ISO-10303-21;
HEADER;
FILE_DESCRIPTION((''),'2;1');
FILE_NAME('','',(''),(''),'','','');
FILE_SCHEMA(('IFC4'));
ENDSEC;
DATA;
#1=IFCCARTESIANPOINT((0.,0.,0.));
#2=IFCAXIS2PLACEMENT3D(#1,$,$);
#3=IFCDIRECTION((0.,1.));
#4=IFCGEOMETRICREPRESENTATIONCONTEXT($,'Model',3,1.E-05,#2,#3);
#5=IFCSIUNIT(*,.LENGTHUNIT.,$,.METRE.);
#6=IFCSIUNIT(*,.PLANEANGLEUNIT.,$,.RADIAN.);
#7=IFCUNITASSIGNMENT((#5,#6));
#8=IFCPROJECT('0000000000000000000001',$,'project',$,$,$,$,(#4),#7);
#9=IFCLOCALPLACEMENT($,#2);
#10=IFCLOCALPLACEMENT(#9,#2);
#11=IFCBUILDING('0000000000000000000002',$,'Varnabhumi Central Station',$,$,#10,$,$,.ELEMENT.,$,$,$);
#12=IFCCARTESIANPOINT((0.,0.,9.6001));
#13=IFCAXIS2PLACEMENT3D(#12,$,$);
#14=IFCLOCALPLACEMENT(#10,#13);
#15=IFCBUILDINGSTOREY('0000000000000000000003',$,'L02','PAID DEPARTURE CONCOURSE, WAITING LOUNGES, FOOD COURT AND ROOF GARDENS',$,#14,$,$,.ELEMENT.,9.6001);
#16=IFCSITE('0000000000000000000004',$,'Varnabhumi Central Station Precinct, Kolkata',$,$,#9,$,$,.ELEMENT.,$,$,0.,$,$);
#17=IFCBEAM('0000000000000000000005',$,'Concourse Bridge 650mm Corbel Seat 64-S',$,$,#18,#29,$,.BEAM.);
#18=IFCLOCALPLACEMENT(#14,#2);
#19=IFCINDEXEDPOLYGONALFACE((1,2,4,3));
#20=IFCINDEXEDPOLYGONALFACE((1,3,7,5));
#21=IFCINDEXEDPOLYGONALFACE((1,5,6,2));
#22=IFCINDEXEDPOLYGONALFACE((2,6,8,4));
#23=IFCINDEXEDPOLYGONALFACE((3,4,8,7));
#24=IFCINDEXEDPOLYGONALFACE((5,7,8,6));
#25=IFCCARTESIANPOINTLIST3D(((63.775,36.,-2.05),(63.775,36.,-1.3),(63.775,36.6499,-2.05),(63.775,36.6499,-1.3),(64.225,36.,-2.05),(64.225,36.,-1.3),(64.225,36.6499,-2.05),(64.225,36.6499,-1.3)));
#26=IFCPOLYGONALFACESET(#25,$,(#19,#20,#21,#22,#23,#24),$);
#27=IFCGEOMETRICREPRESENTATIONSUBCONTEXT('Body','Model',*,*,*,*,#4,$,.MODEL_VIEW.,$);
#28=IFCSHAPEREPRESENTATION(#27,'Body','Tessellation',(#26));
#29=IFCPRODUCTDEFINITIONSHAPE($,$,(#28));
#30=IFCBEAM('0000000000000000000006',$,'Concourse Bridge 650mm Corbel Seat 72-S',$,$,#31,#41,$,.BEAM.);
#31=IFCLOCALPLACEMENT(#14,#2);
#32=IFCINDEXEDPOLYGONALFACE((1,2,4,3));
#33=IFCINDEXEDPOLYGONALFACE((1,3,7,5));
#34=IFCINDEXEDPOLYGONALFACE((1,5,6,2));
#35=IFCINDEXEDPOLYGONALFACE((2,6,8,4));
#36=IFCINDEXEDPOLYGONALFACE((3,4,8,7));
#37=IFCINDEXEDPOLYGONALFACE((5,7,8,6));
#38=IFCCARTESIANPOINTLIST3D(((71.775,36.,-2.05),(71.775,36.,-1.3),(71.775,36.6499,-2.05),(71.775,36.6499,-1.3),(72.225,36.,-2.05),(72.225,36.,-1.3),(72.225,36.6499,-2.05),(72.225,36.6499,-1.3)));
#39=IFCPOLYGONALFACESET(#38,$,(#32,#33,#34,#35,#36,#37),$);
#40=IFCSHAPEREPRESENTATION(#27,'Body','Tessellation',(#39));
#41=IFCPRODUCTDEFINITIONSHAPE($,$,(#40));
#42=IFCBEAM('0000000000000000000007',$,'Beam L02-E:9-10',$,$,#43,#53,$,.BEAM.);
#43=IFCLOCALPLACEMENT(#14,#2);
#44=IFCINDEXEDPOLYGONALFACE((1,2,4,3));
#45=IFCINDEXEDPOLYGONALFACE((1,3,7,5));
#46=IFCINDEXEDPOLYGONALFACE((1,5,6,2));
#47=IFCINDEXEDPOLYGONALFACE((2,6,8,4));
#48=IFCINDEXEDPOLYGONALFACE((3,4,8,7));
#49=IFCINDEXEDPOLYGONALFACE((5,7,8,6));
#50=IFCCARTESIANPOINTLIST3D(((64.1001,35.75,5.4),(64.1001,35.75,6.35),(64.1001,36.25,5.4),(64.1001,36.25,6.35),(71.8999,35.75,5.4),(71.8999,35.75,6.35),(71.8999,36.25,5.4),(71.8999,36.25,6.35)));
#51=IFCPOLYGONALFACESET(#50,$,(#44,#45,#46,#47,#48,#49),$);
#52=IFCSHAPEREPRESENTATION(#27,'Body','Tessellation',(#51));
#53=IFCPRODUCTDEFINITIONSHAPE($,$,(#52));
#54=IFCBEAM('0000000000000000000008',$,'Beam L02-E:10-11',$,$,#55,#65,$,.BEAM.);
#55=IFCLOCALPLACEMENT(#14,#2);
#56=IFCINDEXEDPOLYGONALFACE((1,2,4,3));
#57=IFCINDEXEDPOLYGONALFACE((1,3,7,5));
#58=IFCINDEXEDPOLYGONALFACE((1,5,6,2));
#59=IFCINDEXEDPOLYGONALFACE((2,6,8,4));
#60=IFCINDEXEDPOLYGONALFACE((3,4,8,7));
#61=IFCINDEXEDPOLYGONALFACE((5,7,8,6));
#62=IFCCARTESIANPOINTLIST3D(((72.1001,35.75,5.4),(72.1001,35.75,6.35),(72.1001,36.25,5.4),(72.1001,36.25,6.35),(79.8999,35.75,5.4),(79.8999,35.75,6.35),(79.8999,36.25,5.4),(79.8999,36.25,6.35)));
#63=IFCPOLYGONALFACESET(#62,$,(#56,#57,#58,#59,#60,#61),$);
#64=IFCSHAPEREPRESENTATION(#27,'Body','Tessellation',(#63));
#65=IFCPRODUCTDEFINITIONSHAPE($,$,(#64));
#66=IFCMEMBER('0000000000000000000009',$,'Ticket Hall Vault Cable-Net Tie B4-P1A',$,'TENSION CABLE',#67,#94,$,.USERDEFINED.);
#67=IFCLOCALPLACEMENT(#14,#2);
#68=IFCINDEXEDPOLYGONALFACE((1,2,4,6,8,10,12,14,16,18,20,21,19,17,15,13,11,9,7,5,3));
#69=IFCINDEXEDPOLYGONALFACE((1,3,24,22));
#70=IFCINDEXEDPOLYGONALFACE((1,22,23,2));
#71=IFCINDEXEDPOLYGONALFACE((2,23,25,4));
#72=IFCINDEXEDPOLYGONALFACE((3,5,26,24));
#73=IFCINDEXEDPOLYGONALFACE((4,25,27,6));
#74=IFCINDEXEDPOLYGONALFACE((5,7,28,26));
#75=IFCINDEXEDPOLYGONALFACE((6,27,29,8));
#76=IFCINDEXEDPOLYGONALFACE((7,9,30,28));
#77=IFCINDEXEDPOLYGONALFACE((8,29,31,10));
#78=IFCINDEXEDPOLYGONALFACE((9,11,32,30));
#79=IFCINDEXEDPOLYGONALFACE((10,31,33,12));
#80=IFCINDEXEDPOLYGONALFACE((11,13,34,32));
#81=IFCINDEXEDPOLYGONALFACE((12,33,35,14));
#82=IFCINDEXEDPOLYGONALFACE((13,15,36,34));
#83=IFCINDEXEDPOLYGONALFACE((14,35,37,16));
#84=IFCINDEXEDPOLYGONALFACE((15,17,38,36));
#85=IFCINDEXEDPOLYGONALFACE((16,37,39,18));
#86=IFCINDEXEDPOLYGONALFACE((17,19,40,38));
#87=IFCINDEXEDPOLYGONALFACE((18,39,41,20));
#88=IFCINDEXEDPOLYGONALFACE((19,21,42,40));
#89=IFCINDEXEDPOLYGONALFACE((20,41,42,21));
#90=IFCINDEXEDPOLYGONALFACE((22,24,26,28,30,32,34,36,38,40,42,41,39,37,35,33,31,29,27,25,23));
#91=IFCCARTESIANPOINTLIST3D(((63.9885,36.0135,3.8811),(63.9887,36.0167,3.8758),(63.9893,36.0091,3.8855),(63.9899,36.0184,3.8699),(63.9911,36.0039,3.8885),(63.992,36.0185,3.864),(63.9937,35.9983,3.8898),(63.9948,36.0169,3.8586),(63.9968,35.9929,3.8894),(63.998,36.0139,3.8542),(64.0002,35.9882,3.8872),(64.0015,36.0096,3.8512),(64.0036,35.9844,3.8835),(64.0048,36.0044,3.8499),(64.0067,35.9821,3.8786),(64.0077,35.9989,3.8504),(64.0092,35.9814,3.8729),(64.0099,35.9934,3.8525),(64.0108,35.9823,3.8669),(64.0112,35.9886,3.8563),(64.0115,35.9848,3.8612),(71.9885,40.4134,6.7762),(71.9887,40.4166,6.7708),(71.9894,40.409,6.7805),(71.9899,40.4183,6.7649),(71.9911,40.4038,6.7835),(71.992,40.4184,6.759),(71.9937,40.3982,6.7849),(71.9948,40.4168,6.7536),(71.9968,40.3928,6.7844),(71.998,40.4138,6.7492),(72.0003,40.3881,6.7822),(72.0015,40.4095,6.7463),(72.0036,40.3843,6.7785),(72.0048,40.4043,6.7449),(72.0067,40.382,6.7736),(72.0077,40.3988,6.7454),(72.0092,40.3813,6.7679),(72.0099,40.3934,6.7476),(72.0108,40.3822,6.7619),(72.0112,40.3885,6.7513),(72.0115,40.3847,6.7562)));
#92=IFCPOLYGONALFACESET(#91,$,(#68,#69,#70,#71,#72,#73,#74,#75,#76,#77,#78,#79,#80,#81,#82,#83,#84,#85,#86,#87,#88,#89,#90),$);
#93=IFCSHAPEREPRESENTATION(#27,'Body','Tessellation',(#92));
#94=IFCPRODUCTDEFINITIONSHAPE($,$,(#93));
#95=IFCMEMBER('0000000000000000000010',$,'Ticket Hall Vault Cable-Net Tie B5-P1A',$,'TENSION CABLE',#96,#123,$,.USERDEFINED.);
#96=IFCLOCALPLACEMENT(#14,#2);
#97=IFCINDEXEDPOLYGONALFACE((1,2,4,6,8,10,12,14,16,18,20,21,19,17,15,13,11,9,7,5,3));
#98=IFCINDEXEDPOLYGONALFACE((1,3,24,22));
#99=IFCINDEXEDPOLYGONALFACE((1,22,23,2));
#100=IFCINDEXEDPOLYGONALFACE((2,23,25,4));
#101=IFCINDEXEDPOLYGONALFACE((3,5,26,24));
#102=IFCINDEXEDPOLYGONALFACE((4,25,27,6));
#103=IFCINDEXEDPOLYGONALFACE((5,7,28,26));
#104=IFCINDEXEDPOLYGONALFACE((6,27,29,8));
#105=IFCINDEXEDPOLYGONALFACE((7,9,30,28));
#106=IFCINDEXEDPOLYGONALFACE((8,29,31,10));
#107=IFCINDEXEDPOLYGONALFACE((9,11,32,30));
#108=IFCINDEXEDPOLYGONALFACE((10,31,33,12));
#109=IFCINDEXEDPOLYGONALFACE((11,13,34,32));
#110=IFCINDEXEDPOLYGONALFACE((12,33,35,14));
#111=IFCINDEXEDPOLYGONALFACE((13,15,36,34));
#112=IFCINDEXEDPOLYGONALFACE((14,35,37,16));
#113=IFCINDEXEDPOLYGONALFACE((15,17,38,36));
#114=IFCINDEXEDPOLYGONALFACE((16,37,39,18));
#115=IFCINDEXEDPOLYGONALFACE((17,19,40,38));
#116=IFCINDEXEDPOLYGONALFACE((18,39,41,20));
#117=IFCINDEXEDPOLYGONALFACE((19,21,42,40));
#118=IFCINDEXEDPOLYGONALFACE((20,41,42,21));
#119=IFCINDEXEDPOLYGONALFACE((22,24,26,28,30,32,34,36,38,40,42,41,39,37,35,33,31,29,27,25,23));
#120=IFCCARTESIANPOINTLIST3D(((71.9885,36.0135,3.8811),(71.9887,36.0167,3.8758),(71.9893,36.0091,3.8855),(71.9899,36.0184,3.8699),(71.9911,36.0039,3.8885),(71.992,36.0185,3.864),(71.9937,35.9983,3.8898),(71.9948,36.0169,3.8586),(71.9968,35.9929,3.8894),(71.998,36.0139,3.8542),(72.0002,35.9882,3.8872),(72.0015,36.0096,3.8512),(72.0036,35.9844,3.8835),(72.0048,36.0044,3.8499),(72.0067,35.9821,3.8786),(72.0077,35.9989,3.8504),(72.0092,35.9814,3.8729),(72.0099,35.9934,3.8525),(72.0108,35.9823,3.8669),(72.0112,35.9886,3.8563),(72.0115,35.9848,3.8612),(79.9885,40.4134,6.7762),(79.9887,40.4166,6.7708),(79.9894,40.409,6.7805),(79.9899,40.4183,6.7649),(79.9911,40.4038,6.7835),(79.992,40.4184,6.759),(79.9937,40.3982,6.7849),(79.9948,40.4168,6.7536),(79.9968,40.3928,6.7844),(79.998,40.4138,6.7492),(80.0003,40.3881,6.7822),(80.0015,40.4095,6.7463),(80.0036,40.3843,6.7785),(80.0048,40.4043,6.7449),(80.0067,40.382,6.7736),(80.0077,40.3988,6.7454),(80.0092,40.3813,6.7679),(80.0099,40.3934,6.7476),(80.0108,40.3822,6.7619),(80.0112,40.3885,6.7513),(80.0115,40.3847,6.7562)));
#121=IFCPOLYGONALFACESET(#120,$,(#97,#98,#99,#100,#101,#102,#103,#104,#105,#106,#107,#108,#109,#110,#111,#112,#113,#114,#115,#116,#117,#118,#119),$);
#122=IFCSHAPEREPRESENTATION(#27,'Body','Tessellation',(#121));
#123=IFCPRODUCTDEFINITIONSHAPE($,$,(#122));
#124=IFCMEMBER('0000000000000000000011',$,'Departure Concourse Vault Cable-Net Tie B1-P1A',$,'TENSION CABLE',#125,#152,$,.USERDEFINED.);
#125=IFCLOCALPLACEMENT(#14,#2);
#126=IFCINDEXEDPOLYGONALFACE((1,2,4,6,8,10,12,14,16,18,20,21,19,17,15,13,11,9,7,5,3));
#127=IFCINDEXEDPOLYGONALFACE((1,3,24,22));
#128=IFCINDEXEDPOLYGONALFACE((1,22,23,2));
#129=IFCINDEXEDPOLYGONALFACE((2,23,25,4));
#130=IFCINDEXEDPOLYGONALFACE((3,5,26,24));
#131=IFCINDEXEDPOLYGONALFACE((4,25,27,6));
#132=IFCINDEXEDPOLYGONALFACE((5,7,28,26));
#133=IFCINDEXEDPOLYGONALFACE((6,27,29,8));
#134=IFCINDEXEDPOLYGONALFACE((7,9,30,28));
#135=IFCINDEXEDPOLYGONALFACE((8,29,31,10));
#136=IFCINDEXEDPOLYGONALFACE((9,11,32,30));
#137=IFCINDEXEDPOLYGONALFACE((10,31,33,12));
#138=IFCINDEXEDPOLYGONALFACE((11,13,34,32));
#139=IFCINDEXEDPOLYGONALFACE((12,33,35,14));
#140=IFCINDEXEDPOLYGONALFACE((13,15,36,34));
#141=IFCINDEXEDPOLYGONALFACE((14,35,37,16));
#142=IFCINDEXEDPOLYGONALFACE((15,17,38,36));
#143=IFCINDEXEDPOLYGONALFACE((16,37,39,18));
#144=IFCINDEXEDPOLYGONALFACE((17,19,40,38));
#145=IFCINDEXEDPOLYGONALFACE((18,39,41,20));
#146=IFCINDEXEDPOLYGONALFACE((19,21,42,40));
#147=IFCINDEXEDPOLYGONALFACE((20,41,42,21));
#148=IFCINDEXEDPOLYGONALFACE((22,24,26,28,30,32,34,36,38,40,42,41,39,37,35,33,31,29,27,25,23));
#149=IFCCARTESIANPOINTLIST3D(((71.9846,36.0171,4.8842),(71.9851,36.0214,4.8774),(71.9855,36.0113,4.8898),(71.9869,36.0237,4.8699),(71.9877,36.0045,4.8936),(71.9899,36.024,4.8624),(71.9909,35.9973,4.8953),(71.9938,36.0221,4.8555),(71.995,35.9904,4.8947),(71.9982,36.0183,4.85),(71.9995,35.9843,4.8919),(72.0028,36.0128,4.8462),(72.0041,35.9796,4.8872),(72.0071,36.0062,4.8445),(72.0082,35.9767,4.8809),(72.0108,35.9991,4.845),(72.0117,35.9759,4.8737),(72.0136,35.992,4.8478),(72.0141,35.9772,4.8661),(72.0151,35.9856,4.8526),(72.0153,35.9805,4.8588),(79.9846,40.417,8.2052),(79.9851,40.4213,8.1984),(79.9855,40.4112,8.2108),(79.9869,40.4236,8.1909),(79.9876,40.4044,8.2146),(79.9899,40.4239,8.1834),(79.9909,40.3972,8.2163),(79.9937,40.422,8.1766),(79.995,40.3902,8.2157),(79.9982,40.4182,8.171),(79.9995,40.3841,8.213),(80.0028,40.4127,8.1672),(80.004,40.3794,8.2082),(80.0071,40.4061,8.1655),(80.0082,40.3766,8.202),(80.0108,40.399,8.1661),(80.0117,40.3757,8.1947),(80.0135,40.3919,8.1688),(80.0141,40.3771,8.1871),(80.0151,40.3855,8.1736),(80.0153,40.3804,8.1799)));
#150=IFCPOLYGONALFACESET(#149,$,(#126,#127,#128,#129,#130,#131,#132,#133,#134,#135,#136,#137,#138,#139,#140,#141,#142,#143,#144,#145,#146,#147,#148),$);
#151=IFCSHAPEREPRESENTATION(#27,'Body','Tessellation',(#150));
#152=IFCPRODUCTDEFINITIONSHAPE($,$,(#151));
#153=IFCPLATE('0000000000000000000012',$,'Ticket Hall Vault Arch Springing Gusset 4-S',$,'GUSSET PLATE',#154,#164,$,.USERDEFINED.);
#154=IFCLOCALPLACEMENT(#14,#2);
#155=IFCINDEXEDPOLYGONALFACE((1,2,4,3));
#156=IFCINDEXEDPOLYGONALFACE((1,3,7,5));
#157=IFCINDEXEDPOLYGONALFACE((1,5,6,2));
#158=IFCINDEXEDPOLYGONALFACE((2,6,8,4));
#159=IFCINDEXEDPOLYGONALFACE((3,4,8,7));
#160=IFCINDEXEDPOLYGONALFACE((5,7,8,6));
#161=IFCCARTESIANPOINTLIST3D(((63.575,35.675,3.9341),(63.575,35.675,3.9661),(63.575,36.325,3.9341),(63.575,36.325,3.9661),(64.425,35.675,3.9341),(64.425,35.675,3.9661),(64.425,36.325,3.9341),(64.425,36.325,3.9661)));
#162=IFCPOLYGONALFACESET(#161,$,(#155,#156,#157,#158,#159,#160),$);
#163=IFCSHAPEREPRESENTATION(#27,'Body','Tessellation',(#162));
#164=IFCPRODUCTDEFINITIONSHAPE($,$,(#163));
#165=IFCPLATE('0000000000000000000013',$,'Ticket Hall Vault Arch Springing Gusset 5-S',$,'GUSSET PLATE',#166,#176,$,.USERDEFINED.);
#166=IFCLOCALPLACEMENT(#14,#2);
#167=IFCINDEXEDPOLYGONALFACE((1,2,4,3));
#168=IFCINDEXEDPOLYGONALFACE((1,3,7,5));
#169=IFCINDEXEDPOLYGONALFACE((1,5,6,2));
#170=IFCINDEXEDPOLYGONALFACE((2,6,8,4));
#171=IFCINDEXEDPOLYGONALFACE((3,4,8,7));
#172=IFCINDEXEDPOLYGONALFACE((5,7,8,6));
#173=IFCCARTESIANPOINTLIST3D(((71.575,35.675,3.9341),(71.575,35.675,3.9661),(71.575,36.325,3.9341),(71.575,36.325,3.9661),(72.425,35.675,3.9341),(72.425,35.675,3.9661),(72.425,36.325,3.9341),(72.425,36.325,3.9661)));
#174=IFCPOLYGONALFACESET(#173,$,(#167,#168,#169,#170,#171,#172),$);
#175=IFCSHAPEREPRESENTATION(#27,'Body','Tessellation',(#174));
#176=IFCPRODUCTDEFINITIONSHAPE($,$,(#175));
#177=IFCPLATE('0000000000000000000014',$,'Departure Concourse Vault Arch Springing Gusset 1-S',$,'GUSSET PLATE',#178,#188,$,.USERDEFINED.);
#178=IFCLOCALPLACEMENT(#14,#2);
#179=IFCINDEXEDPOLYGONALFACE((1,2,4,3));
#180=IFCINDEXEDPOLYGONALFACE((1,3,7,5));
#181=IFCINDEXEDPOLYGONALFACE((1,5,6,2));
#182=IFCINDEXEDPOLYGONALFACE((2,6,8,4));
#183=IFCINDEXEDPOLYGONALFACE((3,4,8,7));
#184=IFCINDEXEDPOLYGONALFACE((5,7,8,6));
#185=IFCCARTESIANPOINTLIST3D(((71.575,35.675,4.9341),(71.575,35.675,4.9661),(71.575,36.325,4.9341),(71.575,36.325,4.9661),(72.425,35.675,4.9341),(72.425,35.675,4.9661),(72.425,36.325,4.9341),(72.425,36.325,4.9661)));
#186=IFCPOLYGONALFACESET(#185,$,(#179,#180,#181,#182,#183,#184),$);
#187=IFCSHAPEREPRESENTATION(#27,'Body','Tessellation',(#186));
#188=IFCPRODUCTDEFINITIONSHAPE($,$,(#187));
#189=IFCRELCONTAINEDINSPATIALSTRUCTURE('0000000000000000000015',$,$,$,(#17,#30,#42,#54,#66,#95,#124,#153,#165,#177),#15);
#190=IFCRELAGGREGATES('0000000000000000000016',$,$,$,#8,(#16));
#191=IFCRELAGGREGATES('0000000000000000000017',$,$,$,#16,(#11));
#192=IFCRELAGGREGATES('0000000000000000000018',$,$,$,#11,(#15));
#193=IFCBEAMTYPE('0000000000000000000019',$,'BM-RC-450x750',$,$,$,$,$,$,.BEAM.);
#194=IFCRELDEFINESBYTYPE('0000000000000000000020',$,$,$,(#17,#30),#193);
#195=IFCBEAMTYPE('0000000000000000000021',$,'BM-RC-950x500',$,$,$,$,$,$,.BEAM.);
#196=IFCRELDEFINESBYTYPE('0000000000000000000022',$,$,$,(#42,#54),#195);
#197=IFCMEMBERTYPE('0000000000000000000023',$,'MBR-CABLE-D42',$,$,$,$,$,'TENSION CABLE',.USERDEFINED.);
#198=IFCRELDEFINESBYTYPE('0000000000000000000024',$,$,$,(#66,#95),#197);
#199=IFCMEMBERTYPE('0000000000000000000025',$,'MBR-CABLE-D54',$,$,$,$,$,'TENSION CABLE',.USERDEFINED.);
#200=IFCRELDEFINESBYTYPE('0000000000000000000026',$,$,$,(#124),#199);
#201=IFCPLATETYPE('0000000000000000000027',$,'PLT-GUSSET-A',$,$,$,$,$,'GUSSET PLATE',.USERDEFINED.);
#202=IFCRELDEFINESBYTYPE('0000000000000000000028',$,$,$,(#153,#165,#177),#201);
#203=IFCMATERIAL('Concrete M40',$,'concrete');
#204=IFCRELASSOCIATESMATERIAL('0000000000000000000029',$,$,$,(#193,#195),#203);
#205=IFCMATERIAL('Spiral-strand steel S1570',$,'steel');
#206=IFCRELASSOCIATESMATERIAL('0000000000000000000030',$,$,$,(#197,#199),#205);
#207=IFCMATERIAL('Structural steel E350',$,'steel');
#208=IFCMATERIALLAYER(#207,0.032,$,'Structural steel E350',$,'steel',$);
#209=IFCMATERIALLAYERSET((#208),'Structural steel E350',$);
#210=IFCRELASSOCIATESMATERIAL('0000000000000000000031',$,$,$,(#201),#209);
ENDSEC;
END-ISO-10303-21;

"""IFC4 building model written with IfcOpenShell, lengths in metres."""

from ifc_helpers import new_model, si_unit, direction, frame, origin, origin_2d, place, context, subcontext, project, spatial, rectangle, circle, extrude, material, layer, layer_set, material_profile, profile_set, type_object, element, save


model = new_model("IFC4")

# Units and contexts
model_context = context("Model", 3, precision=1e-05, world=origin(), true_north=direction((0.0, 1.0)))
body_context = subcontext(model_context, "Body", "Model", "MODEL_VIEW")
ifc_project = project(units=[si_unit("LENGTHUNIT", "METRE"), si_unit("PLANEANGLEUNIT", "RADIAN")], contexts=[model_context])

# Site, building, storey
site_placement = place(None, origin())
site = spatial("IfcSite", under=ifc_project, at=site_placement, Name="Varnabhumi Central Station Precinct, Kolkata", CompositionType="ELEMENT", RefElevation=0.0)
building_placement = place(site_placement, origin())
building = spatial("IfcBuilding", under=site, at=building_placement, Name="Varnabhumi Central Station", CompositionType="ELEMENT")
storey_placement = place(building_placement, frame((0.0, 0.0, 9.6001)))
storey = spatial("IfcBuildingStorey", under=building, at=storey_placement, Name="L02", Description="PAID DEPARTURE CONCOURSE, WAITING LOUNGES, FOOD COURT AND ROOF GARDENS", CompositionType="ELEMENT", Elevation=9.6001)

# Beams
ifc_material_1 = material(Name="Structural steel E350", Category="steel")
ifc_material_2 = material(Name="Concrete M40", Category="concrete")
ifc_material_profile_1 = material_profile(ifc_material_2, rectangle(XDim=0.45, YDim=0.75, at=origin_2d()), Name="Concrete M40", Category="concrete")
ifc_profile_set_1 = profile_set([ifc_material_profile_1], Name="Concrete M40")
beam_type_1 = type_object("IfcBeamType", Name="BM-RC-450x750", PredefinedType="BEAM", material=ifc_profile_set_1)
for number, where, z_axis, x_axis, name in (
    (1, (64.0, 36.0, -1.675), (0.0, 1.0, 0.0), (-1.0, 0.0, 0.0), "Concourse Bridge 650mm Corbel Seat 64-S"),
    (2, (72.0, 36.0, -1.675), (0.0, 1.0, 0.0), (-1.0, 0.0, 0.0), "Concourse Bridge 650mm Corbel Seat 72-S"),
):
    element("IfcBeam", number, at=place(storey_placement, frame(where, z_axis=z_axis, x_axis=x_axis)), inside=storey, type_object=beam_type_1, Name=name, PredefinedType="BEAM", context=body_context, shape_type="SweptSolid", body=[
        extrude(rectangle(XDim=0.45, YDim=0.75, at=origin_2d()), origin(), (0.0, 0.0, 1.0), 0.6499),
    ])
ifc_material_profile_2 = material_profile(ifc_material_2, rectangle(XDim=0.5, YDim=0.95, at=origin_2d()), Name="Concrete M40", Category="concrete")
ifc_profile_set_2 = profile_set([ifc_material_profile_2], Name="Concrete M40")
beam_type_2 = type_object("IfcBeamType", Name="BM-RC-950x500", PredefinedType="BEAM", material=ifc_profile_set_2)
for number, where, z_axis, x_axis, name in (
    (3, (64.1001, 36.0, 5.875), (1.0, 0.0, 0.0), (0.0, 1.0, 0.0), "Beam L02-E:9-10"),
    (4, (72.1001, 36.0, 5.875), (1.0, 0.0, 0.0), (0.0, 1.0, 0.0), "Beam L02-E:10-11"),
):
    element("IfcBeam", number, at=place(storey_placement, frame(where, z_axis=z_axis, x_axis=x_axis)), inside=storey, type_object=beam_type_2, Name=name, PredefinedType="BEAM", context=body_context, shape_type="SweptSolid", body=[
        extrude(rectangle(XDim=0.5, YDim=0.95, at=origin_2d()), origin(), (0.0, 0.0, 1.0), 7.7998),
    ])

# Members
ifc_material_3 = material(Name="Spiral-strand steel S1570", Category="steel")
ifc_material_profile_3 = material_profile(ifc_material_3, circle(Radius=0.021, at=origin_2d()), Name="Spiral-strand steel S1570", Category="steel")
ifc_profile_set_3 = profile_set([ifc_material_profile_3], Name="Spiral-strand steel S1570")
member_type_1 = type_object("IfcMemberType", Name="MBR-CABLE-D42", ElementType="TENSION CABLE", PredefinedType="USERDEFINED", material=ifc_profile_set_3)
for number, where, z_axis, x_axis, name in (
    (5, (64.0, 36.0, 3.8699), (0.835237, 0.45937, 0.302254), (-0.481911, 0.87622, 0.0), "Ticket Hall Vault Cable-Net Tie B4-P1A"),
    (6, (72.0, 36.0, 3.8699), (0.835237, 0.45937, 0.302254), (-0.481911, 0.87622, 0.0), "Ticket Hall Vault Cable-Net Tie B5-P1A"),
):
    element("IfcMember", number, at=place(storey_placement, frame(where, z_axis=z_axis, x_axis=x_axis)), inside=storey, type_object=member_type_1, Name=name, ObjectType="TENSION CABLE", PredefinedType="USERDEFINED", context=body_context, shape_type="SweptSolid", body=[
        extrude(circle(Radius=0.021, at=origin_2d()), origin(), (0.0, 0.0, 1.0), 9.5781),
    ])
ifc_material_profile_4 = material_profile(ifc_material_3, circle(Radius=0.0271, at=origin_2d()), Name="Spiral-strand steel S1570", Category="steel")
ifc_profile_set_4 = profile_set([ifc_material_profile_4], Name="Spiral-strand steel S1570")
member_type_2 = type_object("IfcMemberType", Name="MBR-CABLE-D54", ElementType="TENSION CABLE", PredefinedType="USERDEFINED", material=ifc_profile_set_4)
member_placement = place(storey_placement, frame((72.0, 36.0, 4.8699), z_axis=(0.823437, 0.45288, 0.341834), x_axis=(-0.481911, 0.87622, 0.0)))
element("IfcMember", 7, at=member_placement, inside=storey, type_object=member_type_2, Name="Departure Concourse Vault Cable-Net Tie B1-P1A", ObjectType="TENSION CABLE", PredefinedType="USERDEFINED", context=body_context, shape_type="SweptSolid", body=[
    extrude(circle(Radius=0.0271, at=origin_2d()), origin(), (0.0, 0.0, 1.0), 9.7153),
])

# Plates
ifc_layer_1 = layer(ifc_material_1, 0.032, Name="Structural steel E350", Category="steel")
ifc_layer_set_1 = layer_set([ifc_layer_1], Name="Structural steel E350")
plate_type = type_object("IfcPlateType", Name="PLT-GUSSET-A", ElementType="GUSSET PLATE", PredefinedType="USERDEFINED", material=ifc_layer_set_1)
for number, where, z_axis, x_axis, name in (
    (8, (64.0, 36.0, 3.9341), (0.0, 0.0, 1.0), (1.0, 0.0, 0.0), "Ticket Hall Vault Arch Springing Gusset 4-S"),
    (9, (72.0, 36.0, 3.9341), (0.0, 0.0, 1.0), (1.0, 0.0, 0.0), "Ticket Hall Vault Arch Springing Gusset 5-S"),
    (10, (72.0, 36.0, 4.9341), (0.0, 0.0, 1.0), (1.0, 0.0, 0.0), "Departure Concourse Vault Arch Springing Gusset 1-S"),
):
    element("IfcPlate", number, at=place(storey_placement, frame(where, z_axis=z_axis, x_axis=x_axis)), inside=storey, type_object=plate_type, Name=name, ObjectType="GUSSET PLATE", PredefinedType="USERDEFINED", context=body_context, shape_type="SweptSolid", body=[
        extrude(rectangle(XDim=0.8501, YDim=0.6499, at=origin_2d()), origin(), (0.0, 0.0, 1.0), 0.032),
    ])

save(model, "model.ifc")
